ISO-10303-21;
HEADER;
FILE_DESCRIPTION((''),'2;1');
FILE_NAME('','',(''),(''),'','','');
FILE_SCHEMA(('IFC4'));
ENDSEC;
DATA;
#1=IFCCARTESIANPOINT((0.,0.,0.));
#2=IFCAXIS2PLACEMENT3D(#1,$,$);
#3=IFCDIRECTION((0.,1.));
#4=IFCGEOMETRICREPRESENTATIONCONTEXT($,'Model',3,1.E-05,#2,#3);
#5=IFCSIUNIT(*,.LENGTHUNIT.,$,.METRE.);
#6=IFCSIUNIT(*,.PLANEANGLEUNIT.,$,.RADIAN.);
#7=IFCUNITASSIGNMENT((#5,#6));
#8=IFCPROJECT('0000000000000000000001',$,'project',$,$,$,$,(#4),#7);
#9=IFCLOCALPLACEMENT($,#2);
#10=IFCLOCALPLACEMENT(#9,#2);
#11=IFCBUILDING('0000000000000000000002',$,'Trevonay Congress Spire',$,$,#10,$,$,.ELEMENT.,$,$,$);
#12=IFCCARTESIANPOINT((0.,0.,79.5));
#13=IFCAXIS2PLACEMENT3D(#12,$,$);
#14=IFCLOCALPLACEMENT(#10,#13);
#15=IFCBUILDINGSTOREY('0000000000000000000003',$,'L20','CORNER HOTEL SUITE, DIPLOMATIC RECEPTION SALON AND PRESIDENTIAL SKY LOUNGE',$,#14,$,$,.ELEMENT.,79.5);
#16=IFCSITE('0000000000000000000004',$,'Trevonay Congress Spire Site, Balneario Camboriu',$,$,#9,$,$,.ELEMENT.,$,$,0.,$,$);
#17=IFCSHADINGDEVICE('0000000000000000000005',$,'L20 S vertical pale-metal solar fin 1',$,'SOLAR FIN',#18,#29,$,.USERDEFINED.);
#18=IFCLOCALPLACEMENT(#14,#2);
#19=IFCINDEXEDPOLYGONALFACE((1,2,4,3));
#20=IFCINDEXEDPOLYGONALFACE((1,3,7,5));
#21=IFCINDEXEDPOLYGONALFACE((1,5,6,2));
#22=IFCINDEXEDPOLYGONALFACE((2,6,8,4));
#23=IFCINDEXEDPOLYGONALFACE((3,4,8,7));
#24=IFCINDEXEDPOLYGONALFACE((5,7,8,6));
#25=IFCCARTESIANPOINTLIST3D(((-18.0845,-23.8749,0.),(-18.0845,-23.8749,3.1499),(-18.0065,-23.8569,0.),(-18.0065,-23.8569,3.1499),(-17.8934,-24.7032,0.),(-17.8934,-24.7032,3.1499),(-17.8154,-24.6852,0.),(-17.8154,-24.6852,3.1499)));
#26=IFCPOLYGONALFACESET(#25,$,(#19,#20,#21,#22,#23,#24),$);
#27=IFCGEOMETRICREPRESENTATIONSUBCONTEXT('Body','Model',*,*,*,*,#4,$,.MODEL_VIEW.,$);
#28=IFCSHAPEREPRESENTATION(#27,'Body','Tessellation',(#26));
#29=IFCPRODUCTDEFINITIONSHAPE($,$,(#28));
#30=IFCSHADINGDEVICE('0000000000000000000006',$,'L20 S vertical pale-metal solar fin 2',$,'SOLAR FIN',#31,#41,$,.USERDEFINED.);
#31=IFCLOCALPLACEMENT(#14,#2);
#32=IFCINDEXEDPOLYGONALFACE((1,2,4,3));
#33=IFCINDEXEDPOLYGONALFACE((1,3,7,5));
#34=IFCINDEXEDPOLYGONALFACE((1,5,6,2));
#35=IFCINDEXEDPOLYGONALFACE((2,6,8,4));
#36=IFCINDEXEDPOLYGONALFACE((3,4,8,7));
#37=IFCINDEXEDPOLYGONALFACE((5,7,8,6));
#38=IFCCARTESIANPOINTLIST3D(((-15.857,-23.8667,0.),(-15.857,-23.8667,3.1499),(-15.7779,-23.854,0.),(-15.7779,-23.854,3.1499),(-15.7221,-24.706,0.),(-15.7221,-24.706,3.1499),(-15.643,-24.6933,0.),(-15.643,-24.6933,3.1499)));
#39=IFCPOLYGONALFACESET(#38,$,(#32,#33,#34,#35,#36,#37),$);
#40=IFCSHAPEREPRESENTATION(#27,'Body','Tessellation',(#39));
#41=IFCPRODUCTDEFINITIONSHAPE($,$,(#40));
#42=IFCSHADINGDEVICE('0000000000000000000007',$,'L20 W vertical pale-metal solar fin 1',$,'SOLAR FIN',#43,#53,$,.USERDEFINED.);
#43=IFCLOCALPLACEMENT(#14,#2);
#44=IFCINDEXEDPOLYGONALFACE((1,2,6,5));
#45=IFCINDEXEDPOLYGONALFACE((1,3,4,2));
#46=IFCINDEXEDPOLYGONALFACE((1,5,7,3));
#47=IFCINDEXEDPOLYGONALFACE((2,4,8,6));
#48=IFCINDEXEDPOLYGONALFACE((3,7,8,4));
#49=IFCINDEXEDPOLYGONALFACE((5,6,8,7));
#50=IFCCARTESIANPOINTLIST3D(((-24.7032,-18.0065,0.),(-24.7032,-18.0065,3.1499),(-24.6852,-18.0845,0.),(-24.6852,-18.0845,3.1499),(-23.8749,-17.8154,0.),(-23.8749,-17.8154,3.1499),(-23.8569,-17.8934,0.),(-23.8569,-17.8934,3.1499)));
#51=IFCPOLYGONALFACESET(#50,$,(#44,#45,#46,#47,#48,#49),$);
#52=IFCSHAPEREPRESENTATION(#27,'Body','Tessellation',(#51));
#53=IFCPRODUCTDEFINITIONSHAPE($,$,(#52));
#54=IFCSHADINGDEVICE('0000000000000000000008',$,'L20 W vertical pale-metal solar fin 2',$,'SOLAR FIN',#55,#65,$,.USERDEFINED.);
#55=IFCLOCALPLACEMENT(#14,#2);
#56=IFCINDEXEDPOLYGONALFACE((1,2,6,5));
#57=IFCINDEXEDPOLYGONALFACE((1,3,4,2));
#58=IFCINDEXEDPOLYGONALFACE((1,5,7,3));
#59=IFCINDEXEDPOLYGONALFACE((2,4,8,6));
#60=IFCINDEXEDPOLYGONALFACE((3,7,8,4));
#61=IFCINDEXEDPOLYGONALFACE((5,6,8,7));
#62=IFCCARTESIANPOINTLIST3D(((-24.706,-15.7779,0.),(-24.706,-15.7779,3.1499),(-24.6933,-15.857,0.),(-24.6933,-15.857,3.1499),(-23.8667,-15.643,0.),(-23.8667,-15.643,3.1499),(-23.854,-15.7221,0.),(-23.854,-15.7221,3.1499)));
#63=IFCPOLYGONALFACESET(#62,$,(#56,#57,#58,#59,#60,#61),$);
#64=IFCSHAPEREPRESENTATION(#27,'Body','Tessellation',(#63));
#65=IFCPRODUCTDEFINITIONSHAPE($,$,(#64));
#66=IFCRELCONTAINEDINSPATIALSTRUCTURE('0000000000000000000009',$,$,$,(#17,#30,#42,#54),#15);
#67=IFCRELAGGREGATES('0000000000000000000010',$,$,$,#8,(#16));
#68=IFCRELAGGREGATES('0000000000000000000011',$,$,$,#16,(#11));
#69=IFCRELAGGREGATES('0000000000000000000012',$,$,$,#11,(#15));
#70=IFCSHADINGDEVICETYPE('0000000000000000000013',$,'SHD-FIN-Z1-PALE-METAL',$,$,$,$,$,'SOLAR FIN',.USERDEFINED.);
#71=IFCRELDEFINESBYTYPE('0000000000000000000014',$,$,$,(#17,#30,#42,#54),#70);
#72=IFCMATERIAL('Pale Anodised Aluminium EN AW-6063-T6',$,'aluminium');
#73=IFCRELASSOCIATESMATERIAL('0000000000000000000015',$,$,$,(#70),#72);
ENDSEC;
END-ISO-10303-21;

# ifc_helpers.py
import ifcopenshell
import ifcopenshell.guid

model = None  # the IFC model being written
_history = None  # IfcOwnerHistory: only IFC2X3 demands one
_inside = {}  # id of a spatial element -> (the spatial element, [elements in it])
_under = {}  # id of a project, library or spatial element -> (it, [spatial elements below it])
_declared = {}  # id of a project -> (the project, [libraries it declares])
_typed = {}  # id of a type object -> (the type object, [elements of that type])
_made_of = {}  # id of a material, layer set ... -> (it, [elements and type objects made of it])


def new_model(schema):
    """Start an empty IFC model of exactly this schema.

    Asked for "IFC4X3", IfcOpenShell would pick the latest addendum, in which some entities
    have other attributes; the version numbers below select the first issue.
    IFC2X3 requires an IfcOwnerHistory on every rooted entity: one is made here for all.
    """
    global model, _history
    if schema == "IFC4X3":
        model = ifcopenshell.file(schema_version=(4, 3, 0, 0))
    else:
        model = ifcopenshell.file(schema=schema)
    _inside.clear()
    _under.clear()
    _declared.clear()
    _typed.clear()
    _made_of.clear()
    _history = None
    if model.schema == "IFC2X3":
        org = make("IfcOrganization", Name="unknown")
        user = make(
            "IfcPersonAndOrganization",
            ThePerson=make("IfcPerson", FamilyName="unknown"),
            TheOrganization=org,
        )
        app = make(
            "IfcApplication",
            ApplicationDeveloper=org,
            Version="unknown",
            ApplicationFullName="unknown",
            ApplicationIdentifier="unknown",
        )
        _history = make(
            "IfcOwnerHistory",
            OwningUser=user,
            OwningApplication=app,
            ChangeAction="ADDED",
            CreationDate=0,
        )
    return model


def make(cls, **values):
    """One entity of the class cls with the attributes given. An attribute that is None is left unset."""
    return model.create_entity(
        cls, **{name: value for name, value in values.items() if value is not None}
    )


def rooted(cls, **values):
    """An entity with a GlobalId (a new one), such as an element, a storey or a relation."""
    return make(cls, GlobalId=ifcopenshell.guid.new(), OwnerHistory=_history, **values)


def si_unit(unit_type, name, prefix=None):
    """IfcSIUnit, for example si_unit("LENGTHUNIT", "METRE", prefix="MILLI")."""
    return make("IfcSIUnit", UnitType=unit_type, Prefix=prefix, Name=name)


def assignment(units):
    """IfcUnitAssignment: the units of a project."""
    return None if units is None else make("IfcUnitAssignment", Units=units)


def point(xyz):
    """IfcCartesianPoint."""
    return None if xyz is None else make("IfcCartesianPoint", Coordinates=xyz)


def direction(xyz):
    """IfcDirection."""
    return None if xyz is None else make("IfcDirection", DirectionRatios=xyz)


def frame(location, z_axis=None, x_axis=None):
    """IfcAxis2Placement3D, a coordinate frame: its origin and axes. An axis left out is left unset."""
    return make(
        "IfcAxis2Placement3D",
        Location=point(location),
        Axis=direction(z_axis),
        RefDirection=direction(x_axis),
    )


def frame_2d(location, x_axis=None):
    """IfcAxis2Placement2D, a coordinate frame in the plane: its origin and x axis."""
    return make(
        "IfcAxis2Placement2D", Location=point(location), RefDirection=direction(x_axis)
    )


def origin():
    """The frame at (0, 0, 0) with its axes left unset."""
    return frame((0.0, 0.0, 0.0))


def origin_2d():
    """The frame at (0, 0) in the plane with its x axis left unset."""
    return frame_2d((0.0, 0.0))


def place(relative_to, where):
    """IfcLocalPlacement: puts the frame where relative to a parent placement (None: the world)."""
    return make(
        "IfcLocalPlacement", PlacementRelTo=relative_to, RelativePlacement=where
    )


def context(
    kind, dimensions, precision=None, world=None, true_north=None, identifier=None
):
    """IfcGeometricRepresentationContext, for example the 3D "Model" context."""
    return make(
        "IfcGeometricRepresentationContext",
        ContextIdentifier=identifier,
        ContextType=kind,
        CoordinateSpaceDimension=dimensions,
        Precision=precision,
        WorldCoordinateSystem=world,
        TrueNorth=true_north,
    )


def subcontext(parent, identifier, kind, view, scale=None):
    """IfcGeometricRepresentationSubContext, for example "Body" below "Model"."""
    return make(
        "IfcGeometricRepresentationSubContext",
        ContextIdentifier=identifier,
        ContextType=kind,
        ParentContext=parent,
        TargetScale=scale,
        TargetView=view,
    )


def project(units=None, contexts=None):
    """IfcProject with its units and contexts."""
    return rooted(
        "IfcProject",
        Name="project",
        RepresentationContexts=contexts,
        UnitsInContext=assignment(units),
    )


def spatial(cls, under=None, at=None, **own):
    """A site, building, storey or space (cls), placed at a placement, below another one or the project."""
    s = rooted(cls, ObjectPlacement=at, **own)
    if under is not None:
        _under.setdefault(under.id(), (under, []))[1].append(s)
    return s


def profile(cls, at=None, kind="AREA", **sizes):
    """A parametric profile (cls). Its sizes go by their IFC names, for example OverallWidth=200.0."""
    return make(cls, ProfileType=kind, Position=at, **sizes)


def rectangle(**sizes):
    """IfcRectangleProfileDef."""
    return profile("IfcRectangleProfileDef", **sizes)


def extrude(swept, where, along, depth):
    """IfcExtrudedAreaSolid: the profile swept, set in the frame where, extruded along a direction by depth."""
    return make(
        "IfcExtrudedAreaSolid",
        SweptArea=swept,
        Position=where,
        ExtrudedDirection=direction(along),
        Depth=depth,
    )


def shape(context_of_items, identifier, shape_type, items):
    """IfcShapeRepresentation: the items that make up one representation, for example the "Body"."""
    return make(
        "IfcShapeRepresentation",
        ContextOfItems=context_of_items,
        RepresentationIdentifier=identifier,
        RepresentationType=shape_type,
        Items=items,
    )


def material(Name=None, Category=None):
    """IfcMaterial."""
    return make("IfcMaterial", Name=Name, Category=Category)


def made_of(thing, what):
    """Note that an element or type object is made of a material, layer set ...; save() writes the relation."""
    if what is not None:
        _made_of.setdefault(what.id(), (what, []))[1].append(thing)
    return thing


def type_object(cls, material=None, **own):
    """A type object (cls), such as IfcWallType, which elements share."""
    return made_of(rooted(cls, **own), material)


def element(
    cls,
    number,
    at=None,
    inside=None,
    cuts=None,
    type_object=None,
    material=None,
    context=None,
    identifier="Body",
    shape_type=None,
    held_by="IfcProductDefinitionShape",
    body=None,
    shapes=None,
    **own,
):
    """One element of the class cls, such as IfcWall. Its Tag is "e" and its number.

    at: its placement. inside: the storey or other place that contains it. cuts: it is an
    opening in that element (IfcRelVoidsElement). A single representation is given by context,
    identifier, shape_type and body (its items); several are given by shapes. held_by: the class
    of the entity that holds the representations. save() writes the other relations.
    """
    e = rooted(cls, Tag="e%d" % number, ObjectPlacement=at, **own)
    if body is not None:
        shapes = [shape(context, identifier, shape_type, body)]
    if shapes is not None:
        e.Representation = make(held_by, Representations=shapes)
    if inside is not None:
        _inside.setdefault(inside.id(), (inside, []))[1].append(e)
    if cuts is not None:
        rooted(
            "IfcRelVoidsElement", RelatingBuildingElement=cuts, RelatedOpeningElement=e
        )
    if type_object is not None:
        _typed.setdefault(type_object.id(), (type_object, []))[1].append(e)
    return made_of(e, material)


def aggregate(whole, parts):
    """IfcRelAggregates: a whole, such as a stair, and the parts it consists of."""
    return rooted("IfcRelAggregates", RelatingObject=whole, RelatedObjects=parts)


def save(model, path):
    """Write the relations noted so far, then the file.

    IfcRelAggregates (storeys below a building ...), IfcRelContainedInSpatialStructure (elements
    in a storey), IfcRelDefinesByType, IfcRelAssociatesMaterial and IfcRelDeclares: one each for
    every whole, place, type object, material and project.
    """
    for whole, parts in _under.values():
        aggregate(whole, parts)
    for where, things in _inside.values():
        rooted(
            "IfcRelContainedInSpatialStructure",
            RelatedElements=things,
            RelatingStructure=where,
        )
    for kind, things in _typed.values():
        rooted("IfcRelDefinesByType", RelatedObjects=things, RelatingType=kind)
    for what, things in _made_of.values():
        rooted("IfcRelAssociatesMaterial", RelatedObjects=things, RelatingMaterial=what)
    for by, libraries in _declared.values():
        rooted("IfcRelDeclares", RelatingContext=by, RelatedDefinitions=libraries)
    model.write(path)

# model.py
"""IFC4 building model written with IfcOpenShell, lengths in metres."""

from ifc_helpers import new_model, si_unit, direction, frame, origin, origin_2d, place, context, subcontext, project, spatial, rectangle, extrude, material, type_object, element, save


model = new_model("IFC4")

# Units and contexts
model_context = context("Model", 3, precision=1e-05, world=origin(), true_north=direction((0.0, 1.0)))
body_context = subcontext(model_context, "Body", "Model", "MODEL_VIEW")
ifc_project = project(units=[si_unit("LENGTHUNIT", "METRE"), si_unit("PLANEANGLEUNIT", "RADIAN")], contexts=[model_context])

# Site, building, storey
site_placement = place(None, origin())
site = spatial("IfcSite", under=ifc_project, at=site_placement, Name="Trevonay Congress Spire Site, Balneario Camboriu", CompositionType="ELEMENT", RefElevation=0.0)
building_placement = place(site_placement, origin())
building = spatial("IfcBuilding", under=site, at=building_placement, Name="Trevonay Congress Spire", CompositionType="ELEMENT")
storey_placement = place(building_placement, frame((0.0, 0.0, 79.5)))
storey = spatial("IfcBuildingStorey", under=building, at=storey_placement, Name="L20", Description="CORNER HOTEL SUITE, DIPLOMATIC RECEPTION SALON AND PRESIDENTIAL SKY LOUNGE", CompositionType="ELEMENT", Elevation=79.5)

# Shared definitions
ifc_material_1 = material(Name="Pale Anodised Aluminium EN AW-6063-T6", Category="aluminium")

# Shading devices
shading_device_type = type_object("IfcShadingDeviceType", Name="SHD-FIN-Z1-PALE-METAL", ElementType="SOLAR FIN", PredefinedType="USERDEFINED", material=ifc_material_1)
for number, where, z_axis, x_axis, name in (
    (1, (-17.95, -24.28, 0.0), (0.0, 0.0, 1.0), (0.974409, 0.224781, 0.0), "L20 S vertical pale-metal solar fin 1"),
    (2, (-15.75, -24.28, 0.0), (0.0, 0.0, 1.0), (0.987331, 0.158675, 0.0), "L20 S vertical pale-metal solar fin 2"),
    (3, (-24.28, -17.95, 0.0), (0.0, 0.0, 1.0), (-0.224781, 0.974409, 0.0), "L20 W vertical pale-metal solar fin 1"),
    (4, (-24.28, -15.75, 0.0), (0.0, 0.0, 1.0), (-0.158675, 0.987331, 0.0), "L20 W vertical pale-metal solar fin 2"),
):
    element("IfcShadingDevice", number, at=place(storey_placement, frame(where, z_axis=z_axis, x_axis=x_axis)), inside=storey, type_object=shading_device_type, Name=name, ObjectType="SOLAR FIN", PredefinedType="USERDEFINED", context=body_context, shape_type="SweptSolid", body=[
        extrude(rectangle(XDim=0.0801, YDim=0.8501, at=origin_2d()), origin(), (0.0, 0.0, 1.0), 3.1499),
    ])

save(model, "model.ifc")
